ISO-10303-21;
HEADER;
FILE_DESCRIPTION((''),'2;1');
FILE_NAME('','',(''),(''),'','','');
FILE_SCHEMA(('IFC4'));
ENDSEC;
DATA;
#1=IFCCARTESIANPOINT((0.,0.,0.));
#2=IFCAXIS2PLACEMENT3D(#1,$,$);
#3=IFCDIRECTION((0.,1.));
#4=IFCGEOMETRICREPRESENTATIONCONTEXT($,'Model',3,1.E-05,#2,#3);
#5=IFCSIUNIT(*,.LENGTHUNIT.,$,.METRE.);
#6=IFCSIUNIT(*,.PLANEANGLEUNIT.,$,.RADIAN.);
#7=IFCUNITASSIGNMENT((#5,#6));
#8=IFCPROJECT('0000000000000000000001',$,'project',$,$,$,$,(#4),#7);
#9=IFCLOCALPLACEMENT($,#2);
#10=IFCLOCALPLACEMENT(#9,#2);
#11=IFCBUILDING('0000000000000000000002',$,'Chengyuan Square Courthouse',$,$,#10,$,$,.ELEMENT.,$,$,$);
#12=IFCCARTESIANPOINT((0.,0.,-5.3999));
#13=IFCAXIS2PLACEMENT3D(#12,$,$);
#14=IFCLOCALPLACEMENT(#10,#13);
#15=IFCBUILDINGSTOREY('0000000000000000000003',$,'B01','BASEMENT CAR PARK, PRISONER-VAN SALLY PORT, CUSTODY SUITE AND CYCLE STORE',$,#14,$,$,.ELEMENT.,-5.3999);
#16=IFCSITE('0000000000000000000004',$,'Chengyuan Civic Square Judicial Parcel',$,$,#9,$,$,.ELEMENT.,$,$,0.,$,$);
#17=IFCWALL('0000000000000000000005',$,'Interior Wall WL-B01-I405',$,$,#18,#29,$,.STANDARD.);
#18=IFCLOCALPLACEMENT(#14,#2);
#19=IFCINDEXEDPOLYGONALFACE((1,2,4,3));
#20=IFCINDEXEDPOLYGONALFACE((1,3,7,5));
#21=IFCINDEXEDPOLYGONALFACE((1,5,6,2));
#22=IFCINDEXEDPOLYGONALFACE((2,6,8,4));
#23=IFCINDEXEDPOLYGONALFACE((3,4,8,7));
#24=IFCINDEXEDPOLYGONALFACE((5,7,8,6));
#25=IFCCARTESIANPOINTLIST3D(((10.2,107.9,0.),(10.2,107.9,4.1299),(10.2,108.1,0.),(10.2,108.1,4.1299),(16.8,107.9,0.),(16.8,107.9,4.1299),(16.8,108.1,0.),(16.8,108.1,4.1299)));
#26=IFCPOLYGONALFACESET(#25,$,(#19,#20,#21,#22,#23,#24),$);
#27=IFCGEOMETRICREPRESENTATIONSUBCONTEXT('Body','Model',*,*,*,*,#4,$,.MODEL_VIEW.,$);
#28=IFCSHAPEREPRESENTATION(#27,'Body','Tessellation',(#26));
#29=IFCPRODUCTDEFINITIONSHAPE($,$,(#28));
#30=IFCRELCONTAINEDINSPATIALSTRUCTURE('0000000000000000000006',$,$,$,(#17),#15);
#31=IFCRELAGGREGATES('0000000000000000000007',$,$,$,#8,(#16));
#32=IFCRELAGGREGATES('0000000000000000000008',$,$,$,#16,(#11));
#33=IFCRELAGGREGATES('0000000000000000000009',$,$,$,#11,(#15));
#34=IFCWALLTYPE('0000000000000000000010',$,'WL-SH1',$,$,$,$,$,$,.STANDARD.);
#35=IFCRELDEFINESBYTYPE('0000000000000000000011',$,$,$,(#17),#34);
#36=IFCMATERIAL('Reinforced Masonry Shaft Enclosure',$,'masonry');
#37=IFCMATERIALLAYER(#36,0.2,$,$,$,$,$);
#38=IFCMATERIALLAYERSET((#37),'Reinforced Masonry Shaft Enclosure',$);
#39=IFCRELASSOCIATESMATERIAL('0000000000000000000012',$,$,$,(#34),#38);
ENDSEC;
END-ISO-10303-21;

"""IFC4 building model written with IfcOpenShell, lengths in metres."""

from ifc_helpers import new_model, si_unit, direction, frame, frame_2d, origin, place, context, subcontext, project, spatial, rectangle, extrude, material, layer, layer_set, type_object, element, save


model = new_model("IFC4")

# Units and contexts
model_context = context("Model", 3, precision=1e-05, world=origin(), true_north=direction((0.0, 1.0)))
body_context = subcontext(model_context, "Body", "Model", "MODEL_VIEW")
ifc_project = project(units=[si_unit("LENGTHUNIT", "METRE"), si_unit("PLANEANGLEUNIT", "RADIAN")], contexts=[model_context])

# Site, building, storey
site_placement = place(None, origin())
site = spatial("IfcSite", under=ifc_project, at=site_placement, Name="Chengyuan Civic Square Judicial Parcel", CompositionType="ELEMENT", RefElevation=0.0)
building_placement = place(site_placement, origin())
building = spatial("IfcBuilding", under=site, at=building_placement, Name="Chengyuan Square Courthouse", CompositionType="ELEMENT")
storey_placement = place(building_placement, frame((0.0, 0.0, -5.3999)))
storey = spatial("IfcBuildingStorey", under=building, at=storey_placement, Name="B01", Description="BASEMENT CAR PARK, PRISONER-VAN SALLY PORT, CUSTODY SUITE AND CYCLE STORE", CompositionType="ELEMENT", Elevation=-5.3999)

# Wall
ifc_material_1 = material(Name="Reinforced Masonry Shaft Enclosure", Category="masonry")
ifc_layer_1 = layer(ifc_material_1, 0.2)
ifc_layer_set_1 = layer_set([ifc_layer_1], Name="Reinforced Masonry Shaft Enclosure")
wall_type_1 = type_object("IfcWallType", Name="WL-SH1", PredefinedType="STANDARD", material=ifc_layer_set_1)
wall_1_placement = place(storey_placement, frame((10.2, 108.0, 0.0), z_axis=(0.0, 0.0, 1.0), x_axis=(1.0, 0.0, 0.0)))
element("IfcWall", 1, at=wall_1_placement, inside=storey, type_object=wall_type_1, Name="Interior Wall WL-B01-I405", PredefinedType="STANDARD", context=body_context, shape_type="SweptSolid", body=[
    extrude(rectangle(XDim=6.6001, YDim=0.2, at=frame_2d((3.3, 0.0))), origin(), (0.0, 0.0, 1.0), 4.1299),
])

save(model, "model.ifc")
